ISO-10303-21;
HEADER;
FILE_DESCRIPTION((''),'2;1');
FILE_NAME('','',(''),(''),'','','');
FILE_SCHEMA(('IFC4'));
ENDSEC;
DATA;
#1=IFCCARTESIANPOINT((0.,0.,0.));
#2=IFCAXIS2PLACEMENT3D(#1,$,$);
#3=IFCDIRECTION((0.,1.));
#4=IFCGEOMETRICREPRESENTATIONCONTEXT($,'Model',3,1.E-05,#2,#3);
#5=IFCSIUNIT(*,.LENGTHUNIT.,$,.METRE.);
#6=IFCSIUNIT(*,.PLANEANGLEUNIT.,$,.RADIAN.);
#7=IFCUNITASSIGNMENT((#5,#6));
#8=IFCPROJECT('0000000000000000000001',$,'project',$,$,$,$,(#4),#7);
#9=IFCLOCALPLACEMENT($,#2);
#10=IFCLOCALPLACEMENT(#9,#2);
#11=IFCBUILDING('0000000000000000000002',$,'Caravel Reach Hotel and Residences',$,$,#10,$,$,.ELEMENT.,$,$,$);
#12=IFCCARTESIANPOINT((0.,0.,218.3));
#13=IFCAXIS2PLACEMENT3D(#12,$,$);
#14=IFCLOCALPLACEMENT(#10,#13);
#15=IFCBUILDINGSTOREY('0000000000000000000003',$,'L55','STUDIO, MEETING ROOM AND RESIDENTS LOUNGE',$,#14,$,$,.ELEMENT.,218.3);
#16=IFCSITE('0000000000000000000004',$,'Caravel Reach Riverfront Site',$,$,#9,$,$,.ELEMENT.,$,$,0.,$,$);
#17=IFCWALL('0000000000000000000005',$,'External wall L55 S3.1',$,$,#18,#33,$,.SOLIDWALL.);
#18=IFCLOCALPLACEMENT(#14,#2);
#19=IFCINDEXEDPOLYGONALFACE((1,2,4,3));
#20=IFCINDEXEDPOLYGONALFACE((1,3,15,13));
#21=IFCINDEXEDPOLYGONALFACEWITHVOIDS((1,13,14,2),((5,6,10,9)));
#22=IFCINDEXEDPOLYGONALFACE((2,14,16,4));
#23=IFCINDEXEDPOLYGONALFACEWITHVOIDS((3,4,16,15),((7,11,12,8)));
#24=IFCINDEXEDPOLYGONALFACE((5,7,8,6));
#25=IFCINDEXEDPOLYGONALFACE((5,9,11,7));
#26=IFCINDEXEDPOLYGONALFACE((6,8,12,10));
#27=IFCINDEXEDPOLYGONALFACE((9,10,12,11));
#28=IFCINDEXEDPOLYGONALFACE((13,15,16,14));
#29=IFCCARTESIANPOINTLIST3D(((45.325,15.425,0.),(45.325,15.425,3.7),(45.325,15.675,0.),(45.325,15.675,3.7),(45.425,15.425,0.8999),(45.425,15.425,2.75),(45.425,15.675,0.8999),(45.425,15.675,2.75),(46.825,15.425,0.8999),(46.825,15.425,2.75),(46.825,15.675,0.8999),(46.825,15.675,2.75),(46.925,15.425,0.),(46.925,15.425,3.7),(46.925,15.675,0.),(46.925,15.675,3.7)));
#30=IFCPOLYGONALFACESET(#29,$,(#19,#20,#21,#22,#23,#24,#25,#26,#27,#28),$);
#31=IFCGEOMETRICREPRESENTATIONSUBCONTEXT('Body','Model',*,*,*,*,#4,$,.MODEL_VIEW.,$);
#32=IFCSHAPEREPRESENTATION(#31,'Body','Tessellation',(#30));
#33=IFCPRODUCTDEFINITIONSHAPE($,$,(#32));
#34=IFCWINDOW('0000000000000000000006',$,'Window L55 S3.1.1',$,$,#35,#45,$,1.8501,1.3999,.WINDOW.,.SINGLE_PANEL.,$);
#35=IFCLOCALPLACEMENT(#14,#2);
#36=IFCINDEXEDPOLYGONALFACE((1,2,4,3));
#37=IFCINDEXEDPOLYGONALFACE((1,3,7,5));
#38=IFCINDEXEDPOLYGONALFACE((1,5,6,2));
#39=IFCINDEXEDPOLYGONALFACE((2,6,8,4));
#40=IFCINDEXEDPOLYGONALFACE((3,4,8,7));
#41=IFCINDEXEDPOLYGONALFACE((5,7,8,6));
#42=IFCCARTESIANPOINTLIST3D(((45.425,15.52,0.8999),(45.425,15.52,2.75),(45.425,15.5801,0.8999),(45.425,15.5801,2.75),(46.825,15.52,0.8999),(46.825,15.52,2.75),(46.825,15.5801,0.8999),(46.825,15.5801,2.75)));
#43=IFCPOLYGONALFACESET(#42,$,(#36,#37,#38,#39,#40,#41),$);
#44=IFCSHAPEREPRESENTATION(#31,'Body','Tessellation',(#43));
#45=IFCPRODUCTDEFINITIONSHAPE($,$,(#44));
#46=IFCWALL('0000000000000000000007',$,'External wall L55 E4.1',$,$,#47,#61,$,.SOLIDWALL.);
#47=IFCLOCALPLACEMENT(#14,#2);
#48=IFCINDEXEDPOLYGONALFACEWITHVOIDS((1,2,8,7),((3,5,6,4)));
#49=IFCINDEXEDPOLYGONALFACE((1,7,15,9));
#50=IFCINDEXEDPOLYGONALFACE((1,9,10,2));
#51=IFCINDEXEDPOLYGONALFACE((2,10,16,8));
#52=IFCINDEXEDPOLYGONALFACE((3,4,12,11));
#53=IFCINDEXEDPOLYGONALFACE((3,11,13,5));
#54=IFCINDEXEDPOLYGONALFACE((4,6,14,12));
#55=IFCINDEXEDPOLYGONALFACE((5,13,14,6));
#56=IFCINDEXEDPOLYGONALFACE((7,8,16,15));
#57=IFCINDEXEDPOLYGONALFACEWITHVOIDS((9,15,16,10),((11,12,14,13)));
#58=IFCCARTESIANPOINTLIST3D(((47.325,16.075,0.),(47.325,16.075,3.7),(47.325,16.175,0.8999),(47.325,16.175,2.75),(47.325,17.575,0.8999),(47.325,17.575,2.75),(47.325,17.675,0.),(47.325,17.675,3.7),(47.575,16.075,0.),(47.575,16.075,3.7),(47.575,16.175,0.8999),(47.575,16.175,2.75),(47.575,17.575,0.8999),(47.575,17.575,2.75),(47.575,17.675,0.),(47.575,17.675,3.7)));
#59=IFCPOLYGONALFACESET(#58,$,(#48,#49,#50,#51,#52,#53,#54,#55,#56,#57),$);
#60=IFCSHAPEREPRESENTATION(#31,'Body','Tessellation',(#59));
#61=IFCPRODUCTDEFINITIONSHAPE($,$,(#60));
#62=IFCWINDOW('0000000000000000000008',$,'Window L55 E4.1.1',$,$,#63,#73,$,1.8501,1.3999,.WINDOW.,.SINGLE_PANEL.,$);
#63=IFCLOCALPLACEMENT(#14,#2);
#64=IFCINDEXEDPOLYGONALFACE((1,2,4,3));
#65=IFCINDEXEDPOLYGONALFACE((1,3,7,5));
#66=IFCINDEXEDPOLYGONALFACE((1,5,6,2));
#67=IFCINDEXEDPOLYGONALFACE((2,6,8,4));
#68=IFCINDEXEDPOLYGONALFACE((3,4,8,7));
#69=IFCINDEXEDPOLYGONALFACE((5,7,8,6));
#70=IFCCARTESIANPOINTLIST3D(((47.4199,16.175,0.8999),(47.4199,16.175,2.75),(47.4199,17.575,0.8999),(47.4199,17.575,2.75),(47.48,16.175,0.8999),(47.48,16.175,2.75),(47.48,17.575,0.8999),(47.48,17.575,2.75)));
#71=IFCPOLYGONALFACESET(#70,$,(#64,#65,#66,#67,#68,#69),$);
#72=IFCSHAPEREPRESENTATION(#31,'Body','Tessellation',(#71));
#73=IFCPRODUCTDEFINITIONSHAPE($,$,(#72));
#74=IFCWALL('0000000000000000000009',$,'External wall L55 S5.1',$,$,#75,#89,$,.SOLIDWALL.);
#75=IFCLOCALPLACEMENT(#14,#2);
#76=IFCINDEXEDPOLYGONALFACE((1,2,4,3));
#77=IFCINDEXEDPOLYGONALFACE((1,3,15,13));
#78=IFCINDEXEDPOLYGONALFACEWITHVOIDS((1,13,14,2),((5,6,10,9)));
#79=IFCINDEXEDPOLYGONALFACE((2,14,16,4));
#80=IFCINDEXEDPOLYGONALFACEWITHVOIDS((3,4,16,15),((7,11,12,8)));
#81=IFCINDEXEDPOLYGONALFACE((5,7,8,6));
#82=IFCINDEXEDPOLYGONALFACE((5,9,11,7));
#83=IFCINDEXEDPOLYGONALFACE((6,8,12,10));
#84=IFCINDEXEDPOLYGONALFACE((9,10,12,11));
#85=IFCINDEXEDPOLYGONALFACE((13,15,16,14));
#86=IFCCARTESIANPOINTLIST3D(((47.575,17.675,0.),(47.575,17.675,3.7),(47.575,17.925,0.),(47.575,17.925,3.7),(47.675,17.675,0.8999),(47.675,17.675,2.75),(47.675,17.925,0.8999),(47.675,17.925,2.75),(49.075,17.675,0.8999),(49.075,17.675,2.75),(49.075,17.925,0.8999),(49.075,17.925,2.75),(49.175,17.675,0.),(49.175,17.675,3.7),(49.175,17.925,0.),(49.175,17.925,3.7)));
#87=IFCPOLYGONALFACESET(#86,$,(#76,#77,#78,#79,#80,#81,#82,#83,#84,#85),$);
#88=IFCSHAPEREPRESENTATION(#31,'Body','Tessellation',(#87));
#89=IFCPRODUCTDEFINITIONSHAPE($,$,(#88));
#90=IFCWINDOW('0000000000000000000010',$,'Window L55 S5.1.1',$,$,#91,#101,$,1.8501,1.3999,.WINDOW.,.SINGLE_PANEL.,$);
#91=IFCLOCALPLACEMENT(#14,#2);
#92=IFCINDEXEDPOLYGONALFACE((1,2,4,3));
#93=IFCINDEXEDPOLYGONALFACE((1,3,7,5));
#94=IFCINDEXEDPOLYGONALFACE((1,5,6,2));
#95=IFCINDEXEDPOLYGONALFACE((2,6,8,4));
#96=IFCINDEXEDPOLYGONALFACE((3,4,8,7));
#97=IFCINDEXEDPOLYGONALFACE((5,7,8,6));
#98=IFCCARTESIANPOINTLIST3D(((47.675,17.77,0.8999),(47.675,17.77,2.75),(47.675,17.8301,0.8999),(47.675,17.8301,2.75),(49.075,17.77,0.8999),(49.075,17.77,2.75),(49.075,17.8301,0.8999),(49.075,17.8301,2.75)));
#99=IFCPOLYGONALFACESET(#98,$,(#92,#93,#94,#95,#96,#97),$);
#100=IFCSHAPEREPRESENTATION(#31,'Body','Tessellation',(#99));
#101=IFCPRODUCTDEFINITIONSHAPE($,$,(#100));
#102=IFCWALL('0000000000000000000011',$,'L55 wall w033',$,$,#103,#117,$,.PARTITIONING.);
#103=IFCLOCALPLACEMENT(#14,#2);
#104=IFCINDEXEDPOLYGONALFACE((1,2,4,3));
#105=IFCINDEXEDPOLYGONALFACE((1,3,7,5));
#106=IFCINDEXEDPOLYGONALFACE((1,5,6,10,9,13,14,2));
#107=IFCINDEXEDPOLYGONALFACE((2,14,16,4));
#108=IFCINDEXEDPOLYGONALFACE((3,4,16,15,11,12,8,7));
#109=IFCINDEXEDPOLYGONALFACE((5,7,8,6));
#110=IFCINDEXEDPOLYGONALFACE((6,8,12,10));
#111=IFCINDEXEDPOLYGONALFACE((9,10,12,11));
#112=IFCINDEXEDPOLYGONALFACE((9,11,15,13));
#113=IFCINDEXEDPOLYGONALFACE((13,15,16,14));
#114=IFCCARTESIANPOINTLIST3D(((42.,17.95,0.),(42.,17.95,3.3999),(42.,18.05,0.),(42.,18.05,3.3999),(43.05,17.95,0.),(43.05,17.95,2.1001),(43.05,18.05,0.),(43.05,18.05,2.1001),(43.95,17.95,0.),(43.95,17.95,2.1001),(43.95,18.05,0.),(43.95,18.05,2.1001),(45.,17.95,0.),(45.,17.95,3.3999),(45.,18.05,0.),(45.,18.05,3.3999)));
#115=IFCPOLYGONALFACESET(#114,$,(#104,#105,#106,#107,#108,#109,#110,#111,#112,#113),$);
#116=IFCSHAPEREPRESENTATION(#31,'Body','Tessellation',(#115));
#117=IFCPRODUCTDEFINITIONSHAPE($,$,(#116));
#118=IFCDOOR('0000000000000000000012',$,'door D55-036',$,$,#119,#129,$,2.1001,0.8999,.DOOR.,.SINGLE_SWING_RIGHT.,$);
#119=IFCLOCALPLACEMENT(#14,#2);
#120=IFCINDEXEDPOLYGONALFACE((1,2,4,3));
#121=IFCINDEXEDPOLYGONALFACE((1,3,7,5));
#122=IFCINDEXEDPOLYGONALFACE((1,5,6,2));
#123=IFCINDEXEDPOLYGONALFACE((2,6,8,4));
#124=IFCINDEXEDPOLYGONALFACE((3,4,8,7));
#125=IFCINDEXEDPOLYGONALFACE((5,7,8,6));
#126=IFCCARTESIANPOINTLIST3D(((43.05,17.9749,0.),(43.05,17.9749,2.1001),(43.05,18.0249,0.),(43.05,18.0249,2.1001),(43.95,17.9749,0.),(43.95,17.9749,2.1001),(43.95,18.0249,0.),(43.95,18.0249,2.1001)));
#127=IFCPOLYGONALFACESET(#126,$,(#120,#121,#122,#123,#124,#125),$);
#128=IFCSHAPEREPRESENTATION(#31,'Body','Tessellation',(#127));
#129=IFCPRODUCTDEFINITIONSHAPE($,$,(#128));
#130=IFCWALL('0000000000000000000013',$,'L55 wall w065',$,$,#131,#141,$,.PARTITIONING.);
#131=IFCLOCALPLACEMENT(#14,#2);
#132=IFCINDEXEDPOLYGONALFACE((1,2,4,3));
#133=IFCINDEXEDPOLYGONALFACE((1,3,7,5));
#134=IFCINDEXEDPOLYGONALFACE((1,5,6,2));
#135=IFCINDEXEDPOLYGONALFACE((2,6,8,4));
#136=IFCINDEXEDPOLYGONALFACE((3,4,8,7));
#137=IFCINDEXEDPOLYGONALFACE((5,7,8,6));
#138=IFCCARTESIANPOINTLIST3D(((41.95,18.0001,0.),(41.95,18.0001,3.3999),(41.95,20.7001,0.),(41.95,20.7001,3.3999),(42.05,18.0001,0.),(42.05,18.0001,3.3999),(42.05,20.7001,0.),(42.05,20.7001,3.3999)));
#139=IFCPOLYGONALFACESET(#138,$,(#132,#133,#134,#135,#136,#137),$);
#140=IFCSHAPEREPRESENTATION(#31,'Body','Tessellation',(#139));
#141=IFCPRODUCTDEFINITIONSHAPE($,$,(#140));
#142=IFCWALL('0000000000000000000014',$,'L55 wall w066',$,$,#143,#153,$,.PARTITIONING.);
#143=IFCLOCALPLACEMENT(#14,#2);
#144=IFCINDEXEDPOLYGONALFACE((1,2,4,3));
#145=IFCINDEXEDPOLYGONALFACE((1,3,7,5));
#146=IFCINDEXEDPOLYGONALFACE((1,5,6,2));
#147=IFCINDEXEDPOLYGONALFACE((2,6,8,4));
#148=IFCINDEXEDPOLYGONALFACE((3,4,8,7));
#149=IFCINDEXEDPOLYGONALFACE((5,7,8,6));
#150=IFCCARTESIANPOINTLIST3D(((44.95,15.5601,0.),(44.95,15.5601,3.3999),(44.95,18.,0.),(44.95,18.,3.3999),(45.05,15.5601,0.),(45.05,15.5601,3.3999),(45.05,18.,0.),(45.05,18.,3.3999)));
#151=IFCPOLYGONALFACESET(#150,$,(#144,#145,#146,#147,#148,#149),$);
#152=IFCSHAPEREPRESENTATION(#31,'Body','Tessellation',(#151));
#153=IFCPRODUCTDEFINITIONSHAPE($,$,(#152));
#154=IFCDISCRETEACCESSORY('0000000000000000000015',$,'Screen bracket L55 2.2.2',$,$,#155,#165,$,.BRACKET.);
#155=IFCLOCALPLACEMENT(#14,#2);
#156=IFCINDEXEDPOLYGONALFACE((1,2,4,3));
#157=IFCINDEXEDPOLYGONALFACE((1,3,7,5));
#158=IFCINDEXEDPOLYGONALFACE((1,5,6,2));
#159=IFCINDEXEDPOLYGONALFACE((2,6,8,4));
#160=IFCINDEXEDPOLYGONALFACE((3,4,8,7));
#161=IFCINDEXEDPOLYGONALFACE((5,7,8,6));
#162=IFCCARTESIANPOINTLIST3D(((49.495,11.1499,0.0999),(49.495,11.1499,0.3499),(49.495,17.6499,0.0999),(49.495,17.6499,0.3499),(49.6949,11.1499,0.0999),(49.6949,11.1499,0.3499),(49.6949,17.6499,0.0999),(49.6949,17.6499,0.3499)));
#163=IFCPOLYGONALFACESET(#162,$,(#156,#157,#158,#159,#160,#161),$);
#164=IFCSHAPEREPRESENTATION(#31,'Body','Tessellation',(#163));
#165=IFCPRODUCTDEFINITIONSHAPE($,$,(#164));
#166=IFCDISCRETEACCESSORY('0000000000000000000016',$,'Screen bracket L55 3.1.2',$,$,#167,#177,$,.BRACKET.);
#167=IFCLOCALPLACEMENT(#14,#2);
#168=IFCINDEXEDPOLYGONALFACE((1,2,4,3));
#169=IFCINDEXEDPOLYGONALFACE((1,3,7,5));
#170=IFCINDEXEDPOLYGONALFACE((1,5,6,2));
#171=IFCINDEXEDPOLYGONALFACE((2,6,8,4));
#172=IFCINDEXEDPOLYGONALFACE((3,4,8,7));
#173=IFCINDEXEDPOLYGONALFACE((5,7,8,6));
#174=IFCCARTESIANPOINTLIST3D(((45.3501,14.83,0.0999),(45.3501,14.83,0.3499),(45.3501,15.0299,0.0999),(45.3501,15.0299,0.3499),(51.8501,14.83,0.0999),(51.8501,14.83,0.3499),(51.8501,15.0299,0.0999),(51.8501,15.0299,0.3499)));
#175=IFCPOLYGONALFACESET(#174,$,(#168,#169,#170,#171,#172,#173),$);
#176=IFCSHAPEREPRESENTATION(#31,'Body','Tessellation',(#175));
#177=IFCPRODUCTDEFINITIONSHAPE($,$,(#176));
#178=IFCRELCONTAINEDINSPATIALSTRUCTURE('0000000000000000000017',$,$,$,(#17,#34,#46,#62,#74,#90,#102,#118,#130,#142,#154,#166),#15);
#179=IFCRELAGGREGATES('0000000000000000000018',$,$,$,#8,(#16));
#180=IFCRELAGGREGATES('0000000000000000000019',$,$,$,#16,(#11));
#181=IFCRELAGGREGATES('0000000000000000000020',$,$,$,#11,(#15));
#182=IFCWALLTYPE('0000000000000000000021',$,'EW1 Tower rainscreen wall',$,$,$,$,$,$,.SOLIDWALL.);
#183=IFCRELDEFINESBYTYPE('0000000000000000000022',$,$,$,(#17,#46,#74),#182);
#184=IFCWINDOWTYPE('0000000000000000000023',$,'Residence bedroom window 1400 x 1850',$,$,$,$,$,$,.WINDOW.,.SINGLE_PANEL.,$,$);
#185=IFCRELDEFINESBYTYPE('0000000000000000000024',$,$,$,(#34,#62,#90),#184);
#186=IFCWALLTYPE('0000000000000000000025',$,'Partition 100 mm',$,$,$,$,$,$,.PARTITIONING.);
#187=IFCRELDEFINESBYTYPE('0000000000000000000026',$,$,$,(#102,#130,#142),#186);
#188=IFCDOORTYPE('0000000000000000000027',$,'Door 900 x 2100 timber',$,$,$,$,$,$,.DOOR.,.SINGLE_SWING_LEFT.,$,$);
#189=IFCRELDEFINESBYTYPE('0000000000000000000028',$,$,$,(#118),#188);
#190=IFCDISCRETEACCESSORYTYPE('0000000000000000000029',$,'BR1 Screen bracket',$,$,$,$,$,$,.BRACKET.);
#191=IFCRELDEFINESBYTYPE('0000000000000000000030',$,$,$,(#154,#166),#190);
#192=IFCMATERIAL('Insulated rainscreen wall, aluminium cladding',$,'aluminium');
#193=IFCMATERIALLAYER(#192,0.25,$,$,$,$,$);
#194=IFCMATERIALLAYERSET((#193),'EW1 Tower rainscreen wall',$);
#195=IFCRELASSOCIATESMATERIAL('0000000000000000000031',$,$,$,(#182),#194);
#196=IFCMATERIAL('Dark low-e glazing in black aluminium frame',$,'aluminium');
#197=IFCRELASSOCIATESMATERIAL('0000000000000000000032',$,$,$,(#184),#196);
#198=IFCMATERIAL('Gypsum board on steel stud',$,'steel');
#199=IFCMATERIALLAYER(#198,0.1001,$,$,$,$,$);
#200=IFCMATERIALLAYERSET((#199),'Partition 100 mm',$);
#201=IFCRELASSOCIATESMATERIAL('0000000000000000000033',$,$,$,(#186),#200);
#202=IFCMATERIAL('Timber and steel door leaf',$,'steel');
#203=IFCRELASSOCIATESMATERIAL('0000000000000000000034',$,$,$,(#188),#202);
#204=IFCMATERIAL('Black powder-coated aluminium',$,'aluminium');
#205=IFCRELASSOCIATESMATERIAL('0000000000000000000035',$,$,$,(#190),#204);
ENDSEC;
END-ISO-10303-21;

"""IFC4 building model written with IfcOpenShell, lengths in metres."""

from ifc_helpers import new_model, si_unit, direction, frame, frame_2d, origin, origin_2d, place, context, subcontext, project, spatial, rectangle, extrude, material, layer, layer_set, type_object, element, fill, save


model = new_model("IFC4")

# Units and contexts
model_context = context("Model", 3, precision=1e-05, world=origin(), true_north=direction((0.0, 1.0)))
body_context = subcontext(model_context, "Body", "Model", "MODEL_VIEW")
ifc_project = project(units=[si_unit("LENGTHUNIT", "METRE"), si_unit("PLANEANGLEUNIT", "RADIAN")], contexts=[model_context])

# Site, building, storey
site_placement = place(None, origin())
site = spatial("IfcSite", under=ifc_project, at=site_placement, Name="Caravel Reach Riverfront Site", CompositionType="ELEMENT", RefElevation=0.0)
building_placement = place(site_placement, origin())
building = spatial("IfcBuilding", under=site, at=building_placement, Name="Caravel Reach Hotel and Residences", CompositionType="ELEMENT")
storey_placement = place(building_placement, frame((0.0, 0.0, 218.3)))
storey = spatial("IfcBuildingStorey", under=building, at=storey_placement, Name="L55", Description="STUDIO, MEETING ROOM AND RESIDENTS LOUNGE", CompositionType="ELEMENT", Elevation=218.3)

# Walls, openings, windows
ifc_material_1 = material(Name="Insulated rainscreen wall, aluminium cladding", Category="aluminium")
ifc_layer_1 = layer(ifc_material_1, 0.25)
ifc_layer_set_1 = layer_set([ifc_layer_1], Name="EW1 Tower rainscreen wall")
wall_type_1 = type_object("IfcWallType", Name="EW1 Tower rainscreen wall", PredefinedType="SOLIDWALL", material=ifc_layer_set_1)
ifc_material_2 = material(Name="Dark low-e glazing in black aluminium frame", Category="aluminium")
window_type = type_object("IfcWindowType", Name="Residence bedroom window 1400 x 1850", PartitioningType="SINGLE_PANEL", PredefinedType="WINDOW", material=ifc_material_2)
wall_1_placement = place(storey_placement, frame((45.325, 15.55, 0.0), z_axis=(0.0, 0.0, 1.0), x_axis=(1.0, 0.0, 0.0)))
wall_1 = element("IfcWall", 1, at=wall_1_placement, inside=storey, type_object=wall_type_1, Name="External wall L55 S3.1", PredefinedType="SOLIDWALL", context=body_context, shape_type="SweptSolid", body=[
    extrude(rectangle(XDim=1.6001, YDim=0.25, at=frame_2d((0.8, 0.0))), origin(), (0.0, 0.0, 1.0), 3.7),
])
opening_1_placement = place(wall_1_placement, frame((0.1001, 0.0, 0.8999)))
opening_1 = element("IfcOpeningElement", 2, at=opening_1_placement, cuts=wall_1, PredefinedType="OPENING", context=body_context, shape_type="SweptSolid", body=[
    extrude(rectangle(XDim=1.3999, YDim=1.8501, at=frame_2d((0.7, 0.925))), frame((0.0, 0.135, 0.0), z_axis=(0.0, -1.0, 0.0), x_axis=(1.0, 0.0, 0.0)), (0.0, 0.0, 1.0), 0.27),
])
window_1_placement = place(opening_1_placement, origin())
window_1 = element("IfcWindow", 3, at=window_1_placement, inside=storey, type_object=window_type, Name="Window L55 S3.1.1", OverallHeight=1.8501, OverallWidth=1.3999, PartitioningType="SINGLE_PANEL", PredefinedType="WINDOW", context=body_context, shape_type="SweptSolid", body=[
    extrude(rectangle(XDim=1.3999, YDim=1.8501, at=frame_2d((0.7, 0.925))), frame((0.0, 0.03, 0.0), z_axis=(0.0, -1.0, 0.0), x_axis=(1.0, 0.0, 0.0)), (0.0, 0.0, 1.0), 0.0601),
])
fill(opening_1, window_1)
wall_2_placement = place(storey_placement, frame((47.45, 16.075, 0.0), z_axis=(0.0, 0.0, 1.0), x_axis=(0.0, 1.0, 0.0)))
wall_2 = element("IfcWall", 4, at=wall_2_placement, inside=storey, type_object=wall_type_1, Name="External wall L55 E4.1", PredefinedType="SOLIDWALL", context=body_context, shape_type="SweptSolid", body=[
    extrude(rectangle(XDim=1.6001, YDim=0.25, at=frame_2d((0.8, 0.0))), origin(), (0.0, 0.0, 1.0), 3.7),
])
opening_2_placement = place(wall_2_placement, frame((0.1001, 0.0, 0.8999)))
opening_2 = element("IfcOpeningElement", 5, at=opening_2_placement, cuts=wall_2, PredefinedType="OPENING", context=body_context, shape_type="SweptSolid", body=[
    extrude(rectangle(XDim=1.3999, YDim=1.8501, at=frame_2d((0.7, 0.925))), frame((0.0, 0.135, 0.0), z_axis=(0.0, -1.0, 0.0), x_axis=(1.0, 0.0, 0.0)), (0.0, 0.0, 1.0), 0.27),
])
window_2_placement = place(opening_2_placement, origin())
window_2 = element("IfcWindow", 6, at=window_2_placement, inside=storey, type_object=window_type, Name="Window L55 E4.1.1", OverallHeight=1.8501, OverallWidth=1.3999, PartitioningType="SINGLE_PANEL", PredefinedType="WINDOW", context=body_context, shape_type="SweptSolid", body=[
    extrude(rectangle(XDim=1.3999, YDim=1.8501, at=frame_2d((0.7, 0.925))), frame((0.0, 0.03, 0.0), z_axis=(0.0, -1.0, 0.0), x_axis=(1.0, 0.0, 0.0)), (0.0, 0.0, 1.0), 0.0601),
])
fill(opening_2, window_2)
wall_3_placement = place(storey_placement, frame((47.575, 17.8, 0.0), z_axis=(0.0, 0.0, 1.0), x_axis=(1.0, 0.0, 0.0)))
wall_3 = element("IfcWall", 7, at=wall_3_placement, inside=storey, type_object=wall_type_1, Name="External wall L55 S5.1", PredefinedType="SOLIDWALL", context=body_context, shape_type="SweptSolid", body=[
    extrude(rectangle(XDim=1.6001, YDim=0.25, at=frame_2d((0.8, 0.0))), origin(), (0.0, 0.0, 1.0), 3.7),
])
opening_3_placement = place(wall_3_placement, frame((0.1001, 0.0, 0.8999)))
opening_3 = element("IfcOpeningElement", 8, at=opening_3_placement, cuts=wall_3, PredefinedType="OPENING", context=body_context, shape_type="SweptSolid", body=[
    extrude(rectangle(XDim=1.3999, YDim=1.8501, at=frame_2d((0.7, 0.925))), frame((0.0, 0.135, 0.0), z_axis=(0.0, -1.0, 0.0), x_axis=(1.0, 0.0, 0.0)), (0.0, 0.0, 1.0), 0.27),
])
window_3_placement = place(opening_3_placement, origin())
window_3 = element("IfcWindow", 9, at=window_3_placement, inside=storey, type_object=window_type, Name="Window L55 S5.1.1", OverallHeight=1.8501, OverallWidth=1.3999, PartitioningType="SINGLE_PANEL", PredefinedType="WINDOW", context=body_context, shape_type="SweptSolid", body=[
    extrude(rectangle(XDim=1.3999, YDim=1.8501, at=frame_2d((0.7, 0.925))), frame((0.0, 0.03, 0.0), z_axis=(0.0, -1.0, 0.0), x_axis=(1.0, 0.0, 0.0)), (0.0, 0.0, 1.0), 0.0601),
])
fill(opening_3, window_3)

# Wall, opening, door
ifc_material_3 = material(Name="Gypsum board on steel stud", Category="steel")
ifc_layer_2 = layer(ifc_material_3, 0.1001)
ifc_layer_set_2 = layer_set([ifc_layer_2], Name="Partition 100 mm")
wall_type_2 = type_object("IfcWallType", Name="Partition 100 mm", PredefinedType="PARTITIONING", material=ifc_layer_set_2)
wall_4_placement = place(storey_placement, frame((42.0, 18.0, 0.0), z_axis=(0.0, 0.0, 1.0), x_axis=(1.0, 0.0, 0.0)))
wall_4 = element("IfcWall", 10, at=wall_4_placement, inside=storey, type_object=wall_type_2, Name="L55 wall w033", PredefinedType="PARTITIONING", context=body_context, shape_type="SweptSolid", body=[
    extrude(rectangle(XDim=3.0, YDim=0.1001, at=frame_2d((1.5, 0.0))), origin(), (0.0, 0.0, 1.0), 3.3999),
])
opening_4_placement = place(wall_4_placement, frame((1.05, 0.0, 0.0)))
opening_4 = element("IfcOpeningElement", 11, at=opening_4_placement, cuts=wall_4, PredefinedType="OPENING", context=body_context, shape_type="SweptSolid", body=[
    extrude(rectangle(XDim=0.8999, YDim=2.1001, at=frame_2d((0.45, 1.05))), frame((0.0, 0.0601, 0.0), z_axis=(0.0, -1.0, 0.0), x_axis=(1.0, 0.0, 0.0)), (0.0, 0.0, 1.0), 0.1201),
])
ifc_material_4 = material(Name="Timber and steel door leaf", Category="steel")
door_type_1 = type_object("IfcDoorType", Name="Door 900 x 2100 timber", OperationType="SINGLE_SWING_LEFT", PredefinedType="DOOR", material=ifc_material_4)
door_1_placement = place(opening_4_placement, origin())
door_1 = element("IfcDoor", 12, at=door_1_placement, inside=storey, type_object=door_type_1, Name="door D55-036", OperationType="SINGLE_SWING_RIGHT", OverallHeight=2.1001, OverallWidth=0.8999, PredefinedType="DOOR", context=body_context, shape_type="SweptSolid", body=[
    extrude(rectangle(XDim=0.8999, YDim=2.1001, at=frame_2d((0.45, 1.05))), frame((0.0, 0.0249, 0.0), z_axis=(0.0, -1.0, 0.0), x_axis=(1.0, 0.0, 0.0)), (0.0, 0.0, 1.0), 0.05),
])
fill(opening_4, door_1)

# Walls
wall_5_placement = place(storey_placement, frame((42.0, 18.0, 0.0), z_axis=(0.0, 0.0, 1.0), x_axis=(0.0, 1.0, 0.0)))
element("IfcWall", 13, at=wall_5_placement, inside=storey, type_object=wall_type_2, Name="L55 wall w065", PredefinedType="PARTITIONING", context=body_context, shape_type="SweptSolid", body=[
    extrude(rectangle(XDim=2.7, YDim=0.1001, at=frame_2d((1.3501, 0.0))), origin(), (0.0, 0.0, 1.0), 3.3999),
])
wall_6_placement = place(storey_placement, frame((45.0, 15.5601, 0.0), z_axis=(0.0, 0.0, 1.0), x_axis=(0.0, 1.0, 0.0)))
element("IfcWall", 14, at=wall_6_placement, inside=storey, type_object=wall_type_2, Name="L55 wall w066", PredefinedType="PARTITIONING", context=body_context, shape_type="SweptSolid", body=[
    extrude(rectangle(XDim=2.4399, YDim=0.1001, at=frame_2d((1.22, 0.0))), origin(), (0.0, 0.0, 1.0), 3.3999),
])

# Discrete accessories
ifc_material_5 = material(Name="Black powder-coated aluminium", Category="aluminium")
discrete_accessory_type = type_object("IfcDiscreteAccessoryType", Name="BR1 Screen bracket", PredefinedType="BRACKET", material=ifc_material_5)
for number, where, z_axis, x_axis, name in (
    (15, (49.595, 14.3999, 0.0999), (0.0, 0.0, 1.0), (0.0, -1.0, 0.0), "Screen bracket L55 2.2.2"),
    (16, (48.6001, 14.9299, 0.0999), (0.0, 0.0, 1.0), (1.0, 0.0, 0.0), "Screen bracket L55 3.1.2"),
):
    element("IfcDiscreteAccessory", number, at=place(storey_placement, frame(where, z_axis=z_axis, x_axis=x_axis)), inside=storey, type_object=discrete_accessory_type, Name=name, PredefinedType="BRACKET", context=body_context, shape_type="SweptSolid", body=[
        extrude(rectangle(XDim=6.5, YDim=0.2, at=origin_2d()), origin(), (0.0, 0.0, 1.0), 0.25),
    ])

save(model, "model.ifc")
